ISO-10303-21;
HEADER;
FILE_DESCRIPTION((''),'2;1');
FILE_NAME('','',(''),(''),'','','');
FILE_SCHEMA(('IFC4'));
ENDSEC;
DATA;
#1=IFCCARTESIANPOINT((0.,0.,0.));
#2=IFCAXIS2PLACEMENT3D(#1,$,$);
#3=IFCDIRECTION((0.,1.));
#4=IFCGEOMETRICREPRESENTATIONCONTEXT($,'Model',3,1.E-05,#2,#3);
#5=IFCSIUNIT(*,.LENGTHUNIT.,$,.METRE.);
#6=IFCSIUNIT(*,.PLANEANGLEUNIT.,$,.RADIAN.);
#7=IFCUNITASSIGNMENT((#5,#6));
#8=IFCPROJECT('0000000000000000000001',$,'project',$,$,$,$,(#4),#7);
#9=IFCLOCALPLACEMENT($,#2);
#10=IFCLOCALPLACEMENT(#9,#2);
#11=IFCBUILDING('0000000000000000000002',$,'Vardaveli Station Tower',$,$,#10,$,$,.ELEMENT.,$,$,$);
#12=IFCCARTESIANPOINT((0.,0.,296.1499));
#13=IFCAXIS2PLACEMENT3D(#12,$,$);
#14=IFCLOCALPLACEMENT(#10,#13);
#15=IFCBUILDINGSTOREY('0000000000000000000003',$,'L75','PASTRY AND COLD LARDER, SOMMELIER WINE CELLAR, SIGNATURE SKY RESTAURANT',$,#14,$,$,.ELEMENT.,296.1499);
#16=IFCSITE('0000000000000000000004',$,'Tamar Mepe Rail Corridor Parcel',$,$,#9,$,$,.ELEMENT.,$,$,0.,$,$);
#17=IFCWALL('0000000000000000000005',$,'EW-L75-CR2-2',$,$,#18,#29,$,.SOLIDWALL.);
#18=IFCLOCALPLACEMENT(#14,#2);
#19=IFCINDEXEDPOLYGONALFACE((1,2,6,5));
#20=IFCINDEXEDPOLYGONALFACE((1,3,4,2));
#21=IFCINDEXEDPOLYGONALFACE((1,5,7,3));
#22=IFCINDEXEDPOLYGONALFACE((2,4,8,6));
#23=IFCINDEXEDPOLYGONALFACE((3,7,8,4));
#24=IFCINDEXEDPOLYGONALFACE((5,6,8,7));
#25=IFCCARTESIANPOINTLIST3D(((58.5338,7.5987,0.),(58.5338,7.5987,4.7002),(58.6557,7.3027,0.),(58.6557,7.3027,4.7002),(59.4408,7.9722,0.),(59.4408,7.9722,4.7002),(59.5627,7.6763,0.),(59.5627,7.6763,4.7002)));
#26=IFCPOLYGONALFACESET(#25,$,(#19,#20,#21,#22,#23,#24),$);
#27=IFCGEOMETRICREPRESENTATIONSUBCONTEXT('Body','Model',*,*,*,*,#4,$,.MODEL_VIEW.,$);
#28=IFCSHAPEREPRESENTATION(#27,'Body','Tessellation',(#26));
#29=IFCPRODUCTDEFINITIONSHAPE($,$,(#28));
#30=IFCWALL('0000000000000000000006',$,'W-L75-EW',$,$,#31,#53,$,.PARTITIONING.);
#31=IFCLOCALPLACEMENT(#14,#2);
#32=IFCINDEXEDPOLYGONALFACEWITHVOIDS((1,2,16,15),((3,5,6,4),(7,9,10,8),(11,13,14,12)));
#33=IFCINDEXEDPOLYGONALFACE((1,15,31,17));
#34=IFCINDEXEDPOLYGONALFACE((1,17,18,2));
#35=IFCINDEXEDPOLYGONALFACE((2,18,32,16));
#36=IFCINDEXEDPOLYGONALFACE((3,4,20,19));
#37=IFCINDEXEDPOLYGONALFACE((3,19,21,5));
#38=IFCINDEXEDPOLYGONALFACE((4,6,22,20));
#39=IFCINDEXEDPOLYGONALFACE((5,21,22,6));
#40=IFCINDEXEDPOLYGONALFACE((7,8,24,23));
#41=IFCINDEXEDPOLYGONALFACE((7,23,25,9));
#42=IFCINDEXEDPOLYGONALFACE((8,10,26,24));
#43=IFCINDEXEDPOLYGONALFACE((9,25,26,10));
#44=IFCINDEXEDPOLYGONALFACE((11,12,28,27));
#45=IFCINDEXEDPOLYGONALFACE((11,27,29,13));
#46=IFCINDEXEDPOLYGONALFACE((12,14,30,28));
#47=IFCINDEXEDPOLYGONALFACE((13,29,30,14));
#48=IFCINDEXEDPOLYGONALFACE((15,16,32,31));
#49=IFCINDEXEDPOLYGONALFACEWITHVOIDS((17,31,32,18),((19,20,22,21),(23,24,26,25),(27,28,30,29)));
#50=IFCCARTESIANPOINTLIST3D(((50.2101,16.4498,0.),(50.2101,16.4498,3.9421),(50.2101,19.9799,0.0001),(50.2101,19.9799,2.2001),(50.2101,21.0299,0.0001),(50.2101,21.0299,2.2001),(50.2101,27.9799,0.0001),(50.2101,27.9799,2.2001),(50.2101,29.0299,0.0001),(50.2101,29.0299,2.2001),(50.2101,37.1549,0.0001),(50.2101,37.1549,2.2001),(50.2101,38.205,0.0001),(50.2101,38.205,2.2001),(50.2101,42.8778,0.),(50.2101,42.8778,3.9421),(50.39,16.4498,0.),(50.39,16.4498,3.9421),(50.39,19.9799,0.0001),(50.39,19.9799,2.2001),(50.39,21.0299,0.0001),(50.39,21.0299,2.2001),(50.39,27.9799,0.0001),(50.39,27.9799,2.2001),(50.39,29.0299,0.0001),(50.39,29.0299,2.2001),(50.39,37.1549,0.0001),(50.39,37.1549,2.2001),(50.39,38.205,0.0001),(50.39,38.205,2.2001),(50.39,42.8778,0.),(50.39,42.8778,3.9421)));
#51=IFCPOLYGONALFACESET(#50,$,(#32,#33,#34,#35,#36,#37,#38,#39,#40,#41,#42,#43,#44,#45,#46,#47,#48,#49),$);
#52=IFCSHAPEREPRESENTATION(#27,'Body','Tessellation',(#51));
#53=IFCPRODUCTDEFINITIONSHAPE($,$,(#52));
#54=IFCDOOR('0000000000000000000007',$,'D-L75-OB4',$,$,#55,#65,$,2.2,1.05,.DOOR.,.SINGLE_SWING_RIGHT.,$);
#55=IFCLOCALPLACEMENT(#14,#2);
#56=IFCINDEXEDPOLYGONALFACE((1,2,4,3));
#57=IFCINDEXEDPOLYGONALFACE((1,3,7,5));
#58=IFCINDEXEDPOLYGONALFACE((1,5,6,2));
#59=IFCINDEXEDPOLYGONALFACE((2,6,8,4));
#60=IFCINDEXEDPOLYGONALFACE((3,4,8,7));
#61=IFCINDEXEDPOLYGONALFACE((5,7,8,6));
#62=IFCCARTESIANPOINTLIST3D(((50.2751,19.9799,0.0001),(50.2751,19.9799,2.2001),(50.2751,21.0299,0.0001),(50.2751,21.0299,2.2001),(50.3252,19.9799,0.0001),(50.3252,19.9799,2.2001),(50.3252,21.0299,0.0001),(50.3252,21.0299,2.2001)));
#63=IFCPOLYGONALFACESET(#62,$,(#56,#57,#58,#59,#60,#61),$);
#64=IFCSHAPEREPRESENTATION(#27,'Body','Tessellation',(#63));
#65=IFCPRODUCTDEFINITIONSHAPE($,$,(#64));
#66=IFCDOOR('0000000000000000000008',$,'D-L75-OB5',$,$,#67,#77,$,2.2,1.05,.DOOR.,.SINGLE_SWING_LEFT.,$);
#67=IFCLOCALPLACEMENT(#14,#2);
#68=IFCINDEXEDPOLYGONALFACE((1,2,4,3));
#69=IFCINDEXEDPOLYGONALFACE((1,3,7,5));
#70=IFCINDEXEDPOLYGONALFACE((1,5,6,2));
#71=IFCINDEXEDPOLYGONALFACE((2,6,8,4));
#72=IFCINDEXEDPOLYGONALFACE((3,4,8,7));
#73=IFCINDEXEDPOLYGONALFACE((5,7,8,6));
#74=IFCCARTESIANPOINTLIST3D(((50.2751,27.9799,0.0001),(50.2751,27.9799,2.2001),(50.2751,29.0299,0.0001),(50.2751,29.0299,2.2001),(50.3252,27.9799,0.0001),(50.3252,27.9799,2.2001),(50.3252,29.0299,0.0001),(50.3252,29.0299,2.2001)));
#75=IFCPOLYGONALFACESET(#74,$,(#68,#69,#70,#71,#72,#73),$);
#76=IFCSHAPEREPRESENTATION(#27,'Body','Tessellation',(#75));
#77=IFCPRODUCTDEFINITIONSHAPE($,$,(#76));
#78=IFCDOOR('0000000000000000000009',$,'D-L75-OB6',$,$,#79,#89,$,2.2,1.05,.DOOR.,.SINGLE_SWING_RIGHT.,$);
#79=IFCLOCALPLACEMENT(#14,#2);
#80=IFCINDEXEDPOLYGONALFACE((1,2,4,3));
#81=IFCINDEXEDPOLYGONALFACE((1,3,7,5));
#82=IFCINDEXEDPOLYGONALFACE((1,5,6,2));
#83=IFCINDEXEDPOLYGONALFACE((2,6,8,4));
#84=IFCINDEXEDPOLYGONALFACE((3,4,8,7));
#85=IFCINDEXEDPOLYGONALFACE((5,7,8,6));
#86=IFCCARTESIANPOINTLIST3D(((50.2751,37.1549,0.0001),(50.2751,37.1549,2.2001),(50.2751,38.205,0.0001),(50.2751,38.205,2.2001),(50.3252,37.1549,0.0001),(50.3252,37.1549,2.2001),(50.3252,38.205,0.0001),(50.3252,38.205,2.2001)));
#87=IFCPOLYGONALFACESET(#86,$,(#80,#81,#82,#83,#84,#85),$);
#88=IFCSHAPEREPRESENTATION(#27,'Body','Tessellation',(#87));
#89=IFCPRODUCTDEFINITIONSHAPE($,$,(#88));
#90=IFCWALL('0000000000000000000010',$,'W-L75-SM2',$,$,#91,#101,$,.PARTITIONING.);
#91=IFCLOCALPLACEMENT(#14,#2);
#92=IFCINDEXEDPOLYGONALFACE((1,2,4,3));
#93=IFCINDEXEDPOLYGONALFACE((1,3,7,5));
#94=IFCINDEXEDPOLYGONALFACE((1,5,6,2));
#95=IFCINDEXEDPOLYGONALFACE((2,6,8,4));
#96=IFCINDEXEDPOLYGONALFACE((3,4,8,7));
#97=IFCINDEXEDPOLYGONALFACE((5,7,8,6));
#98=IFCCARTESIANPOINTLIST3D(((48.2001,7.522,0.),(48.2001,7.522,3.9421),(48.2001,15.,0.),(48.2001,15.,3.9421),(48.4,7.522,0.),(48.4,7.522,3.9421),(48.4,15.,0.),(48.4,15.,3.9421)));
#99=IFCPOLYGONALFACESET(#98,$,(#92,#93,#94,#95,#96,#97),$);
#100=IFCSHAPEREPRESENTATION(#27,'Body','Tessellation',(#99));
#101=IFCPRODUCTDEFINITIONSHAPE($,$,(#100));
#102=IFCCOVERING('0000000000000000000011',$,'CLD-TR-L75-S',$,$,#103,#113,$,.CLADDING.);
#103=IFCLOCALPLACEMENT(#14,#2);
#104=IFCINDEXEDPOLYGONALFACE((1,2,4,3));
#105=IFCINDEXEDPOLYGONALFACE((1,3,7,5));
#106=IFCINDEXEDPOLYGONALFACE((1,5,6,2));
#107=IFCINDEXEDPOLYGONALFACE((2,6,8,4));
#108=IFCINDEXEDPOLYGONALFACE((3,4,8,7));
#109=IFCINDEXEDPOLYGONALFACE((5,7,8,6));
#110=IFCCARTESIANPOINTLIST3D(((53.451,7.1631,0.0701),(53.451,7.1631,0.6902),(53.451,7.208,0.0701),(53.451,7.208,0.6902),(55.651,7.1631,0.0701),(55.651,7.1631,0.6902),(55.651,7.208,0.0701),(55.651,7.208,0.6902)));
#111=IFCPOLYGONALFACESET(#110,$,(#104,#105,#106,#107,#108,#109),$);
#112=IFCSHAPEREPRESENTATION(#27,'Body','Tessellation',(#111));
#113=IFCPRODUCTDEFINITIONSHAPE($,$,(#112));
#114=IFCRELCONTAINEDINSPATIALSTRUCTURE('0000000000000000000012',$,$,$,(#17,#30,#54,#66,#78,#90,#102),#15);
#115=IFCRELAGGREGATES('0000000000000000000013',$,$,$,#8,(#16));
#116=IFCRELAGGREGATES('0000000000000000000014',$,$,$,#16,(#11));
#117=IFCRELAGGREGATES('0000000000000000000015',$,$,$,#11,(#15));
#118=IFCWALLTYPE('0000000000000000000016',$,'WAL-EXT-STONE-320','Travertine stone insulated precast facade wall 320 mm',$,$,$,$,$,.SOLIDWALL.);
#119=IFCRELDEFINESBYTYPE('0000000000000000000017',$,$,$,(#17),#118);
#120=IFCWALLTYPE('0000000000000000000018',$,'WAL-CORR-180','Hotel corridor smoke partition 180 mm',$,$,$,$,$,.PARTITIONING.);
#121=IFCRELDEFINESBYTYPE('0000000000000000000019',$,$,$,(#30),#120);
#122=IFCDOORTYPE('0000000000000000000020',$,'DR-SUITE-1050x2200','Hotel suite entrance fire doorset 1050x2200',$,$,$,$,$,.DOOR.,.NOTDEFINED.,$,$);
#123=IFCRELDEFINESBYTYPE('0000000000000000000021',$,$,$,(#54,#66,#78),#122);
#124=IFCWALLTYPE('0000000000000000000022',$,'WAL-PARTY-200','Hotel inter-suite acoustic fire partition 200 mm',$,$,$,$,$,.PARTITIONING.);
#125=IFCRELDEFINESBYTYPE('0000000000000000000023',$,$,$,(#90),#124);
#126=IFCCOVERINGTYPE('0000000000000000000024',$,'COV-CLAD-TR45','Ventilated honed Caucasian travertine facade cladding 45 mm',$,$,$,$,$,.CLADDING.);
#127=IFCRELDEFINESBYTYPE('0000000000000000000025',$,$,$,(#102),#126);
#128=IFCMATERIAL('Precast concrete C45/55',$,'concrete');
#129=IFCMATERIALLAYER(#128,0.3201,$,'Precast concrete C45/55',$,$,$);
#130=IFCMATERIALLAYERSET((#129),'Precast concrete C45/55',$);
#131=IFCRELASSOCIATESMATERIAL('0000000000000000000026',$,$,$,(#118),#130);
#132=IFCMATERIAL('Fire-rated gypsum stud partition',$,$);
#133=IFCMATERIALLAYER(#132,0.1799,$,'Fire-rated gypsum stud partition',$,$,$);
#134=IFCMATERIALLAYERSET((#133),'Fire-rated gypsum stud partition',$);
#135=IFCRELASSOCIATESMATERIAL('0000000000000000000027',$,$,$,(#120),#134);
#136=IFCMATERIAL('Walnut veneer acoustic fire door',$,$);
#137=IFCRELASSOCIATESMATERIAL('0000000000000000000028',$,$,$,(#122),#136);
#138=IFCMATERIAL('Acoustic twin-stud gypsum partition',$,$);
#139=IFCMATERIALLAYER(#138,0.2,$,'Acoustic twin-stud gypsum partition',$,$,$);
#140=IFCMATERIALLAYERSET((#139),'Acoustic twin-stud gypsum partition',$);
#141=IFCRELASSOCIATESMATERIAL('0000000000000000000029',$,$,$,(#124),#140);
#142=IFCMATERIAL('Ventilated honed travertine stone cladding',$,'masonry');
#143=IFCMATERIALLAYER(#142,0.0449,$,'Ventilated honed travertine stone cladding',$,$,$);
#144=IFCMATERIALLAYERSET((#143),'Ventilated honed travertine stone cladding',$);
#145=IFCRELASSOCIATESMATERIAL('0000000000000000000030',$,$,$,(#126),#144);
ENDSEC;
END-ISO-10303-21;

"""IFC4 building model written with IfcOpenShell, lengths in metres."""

from ifc_helpers import new_model, si_unit, direction, frame, frame_2d, origin, origin_2d, place, context, subcontext, project, spatial, rectangle, extrude, source, transform, mapped, material, layer, layer_set, type_object, element, fill, save


model = new_model("IFC4")

# Units and contexts
model_context = context("Model", 3, precision=1e-05, world=origin(), true_north=direction((0.0, 1.0)))
body_context = subcontext(model_context, "Body", "Model", "MODEL_VIEW")
ifc_project = project(units=[si_unit("LENGTHUNIT", "METRE"), si_unit("PLANEANGLEUNIT", "RADIAN")], contexts=[model_context])

# Site, building, storey
site_placement = place(None, origin())
site = spatial("IfcSite", under=ifc_project, at=site_placement, Name="Tamar Mepe Rail Corridor Parcel", CompositionType="ELEMENT", RefElevation=0.0)
building_placement = place(site_placement, origin())
building = spatial("IfcBuilding", under=site, at=building_placement, Name="Vardaveli Station Tower", CompositionType="ELEMENT")
storey_placement = place(building_placement, frame((0.0, 0.0, 296.1499)))
storey = spatial("IfcBuildingStorey", under=building, at=storey_placement, Name="L75", Description="PASTRY AND COLD LARDER, SOMMELIER WINE CELLAR, SIGNATURE SKY RESTAURANT", CompositionType="ELEMENT", Elevation=296.1499)

# Shared definitions
ifc_material_1 = material(Name="Precast concrete C45/55", Category="concrete")

# Shared definitions
ifc_layer_1 = layer(ifc_material_1, 0.3201, Name="Precast concrete C45/55")
ifc_layer_set_1 = layer_set([ifc_layer_1], Name="Precast concrete C45/55")
wall_type_1 = type_object("IfcWallType", Name="WAL-EXT-STONE-320", Description="Travertine stone insulated precast facade wall 320 mm", PredefinedType="SOLIDWALL", material=ifc_layer_set_1)

# Wall
shared_shape_1 = source(origin(), body_context, "Body", "SweptSolid", [
    extrude(rectangle(XDim=0.981, YDim=0.3201, at=frame_2d((0.4905, 0.0))), origin(), (0.0, 0.0, 1.0), 4.7002),
])
wall_1_placement = place(storey_placement, frame((58.5947, 7.4507, 0.0), z_axis=(0.0, 0.0, 1.0), x_axis=(0.924652, 0.380812, 0.0)))
element("IfcWall", 1, at=wall_1_placement, inside=storey, type_object=wall_type_1, Name="EW-L75-CR2-2", PredefinedType="SOLIDWALL", context=body_context, shape_type="MappedRepresentation", body=[
    mapped(shared_shape_1, transform((0.0, 0.0, 0.0), scale=1.0)),
])

# Wall, openings, doors
ifc_material_2 = material(Name="Fire-rated gypsum stud partition")
ifc_layer_2 = layer(ifc_material_2, 0.1799, Name="Fire-rated gypsum stud partition")
ifc_layer_set_2 = layer_set([ifc_layer_2], Name="Fire-rated gypsum stud partition")
wall_type_2 = type_object("IfcWallType", Name="WAL-CORR-180", Description="Hotel corridor smoke partition 180 mm", PredefinedType="PARTITIONING", material=ifc_layer_set_2)
shared_shape_2 = source(origin(), body_context, "Body", "SweptSolid", [
    extrude(rectangle(XDim=26.428, YDim=0.1799, at=frame_2d((13.2139, 0.0))), origin(), (0.0, 0.0, 1.0), 3.9421),
])
wall_2_placement = place(storey_placement, frame((50.3, 16.45, 0.0), z_axis=(0.0, 0.0, 1.0), x_axis=(0.0, 1.0, 0.0)))
wall_2 = element("IfcWall", 2, at=wall_2_placement, inside=storey, type_object=wall_type_2, Name="W-L75-EW", PredefinedType="PARTITIONING", context=body_context, shape_type="MappedRepresentation", body=[
    mapped(shared_shape_2, transform((0.0, 0.0, 0.0), scale=1.0)),
])
shared_shape_3 = source(origin(), body_context, "Body", "SweptSolid", [
    extrude(rectangle(XDim=1.05, YDim=2.2, at=frame_2d((0.5249, 1.1001))), frame((0.0, 0.1001, 0.0), z_axis=(0.0, -1.0, 0.0), x_axis=(1.0, 0.0, 0.0)), (0.0, 0.0, 1.0), 0.2),
])
opening_1_placement = place(wall_2_placement, frame((3.53, 0.0, 0.0)))
opening_1 = element("IfcOpeningElement", 3, at=opening_1_placement, cuts=wall_2, PredefinedType="OPENING", context=body_context, shape_type="MappedRepresentation", body=[
    mapped(shared_shape_3, transform((0.0, 0.0, 0.0), scale=1.0)),
])
opening_2_placement = place(wall_2_placement, frame((11.53, 0.0, 0.0)))
opening_2 = element("IfcOpeningElement", 4, at=opening_2_placement, cuts=wall_2, PredefinedType="OPENING", context=body_context, shape_type="MappedRepresentation", body=[
    mapped(shared_shape_3, transform((0.0, 0.0, 0.0), scale=1.0)),
])
opening_3_placement = place(wall_2_placement, frame((20.7051, 0.0, 0.0)))
opening_3 = element("IfcOpeningElement", 5, at=opening_3_placement, cuts=wall_2, PredefinedType="OPENING", context=body_context, shape_type="MappedRepresentation", body=[
    mapped(shared_shape_3, transform((0.0, 0.0, 0.0), scale=1.0)),
])
ifc_material_3 = material(Name="Walnut veneer acoustic fire door")
door_type_1 = type_object("IfcDoorType", Name="DR-SUITE-1050x2200", Description="Hotel suite entrance fire doorset 1050x2200", OperationType="NOTDEFINED", PredefinedType="DOOR", material=ifc_material_3)
shared_shape_4 = source(origin(), body_context, "Body", "SweptSolid", [
    extrude(rectangle(XDim=1.05, YDim=2.2, at=frame_2d((0.5249, 1.1001))), frame((0.0, 0.0249, 0.0), z_axis=(0.0, -1.0, 0.0), x_axis=(1.0, 0.0, 0.0)), (0.0, 0.0, 1.0), 0.05),
])
door_1_placement = place(opening_1_placement, origin())
door_1 = element("IfcDoor", 6, at=door_1_placement, inside=storey, type_object=door_type_1, Name="D-L75-OB4", OperationType="SINGLE_SWING_RIGHT", OverallHeight=2.2, OverallWidth=1.05, PredefinedType="DOOR", context=body_context, shape_type="MappedRepresentation", body=[
    mapped(shared_shape_4, transform((0.0, 0.0, 0.0), scale=1.0)),
])
fill(opening_1, door_1)
door_2_placement = place(opening_2_placement, origin())
door_2 = element("IfcDoor", 7, at=door_2_placement, inside=storey, type_object=door_type_1, Name="D-L75-OB5", OperationType="SINGLE_SWING_LEFT", OverallHeight=2.2, OverallWidth=1.05, PredefinedType="DOOR", context=body_context, shape_type="MappedRepresentation", body=[
    mapped(shared_shape_4, transform((0.0, 0.0, 0.0), scale=1.0)),
])
fill(opening_2, door_2)
door_3_placement = place(opening_3_placement, origin())
door_3 = element("IfcDoor", 8, at=door_3_placement, inside=storey, type_object=door_type_1, Name="D-L75-OB6", OperationType="SINGLE_SWING_RIGHT", OverallHeight=2.2, OverallWidth=1.05, PredefinedType="DOOR", context=body_context, shape_type="MappedRepresentation", body=[
    mapped(shared_shape_4, transform((0.0, 0.0, 0.0), scale=1.0)),
])
fill(opening_3, door_3)

# Wall
ifc_material_4 = material(Name="Acoustic twin-stud gypsum partition")
ifc_layer_3 = layer(ifc_material_4, 0.2, Name="Acoustic twin-stud gypsum partition")
ifc_layer_set_3 = layer_set([ifc_layer_3], Name="Acoustic twin-stud gypsum partition")
wall_type_3 = type_object("IfcWallType", Name="WAL-PARTY-200", Description="Hotel inter-suite acoustic fire partition 200 mm", PredefinedType="PARTITIONING", material=ifc_layer_set_3)
shared_shape_5 = source(origin(), body_context, "Body", "SweptSolid", [
    extrude(rectangle(XDim=7.478, YDim=0.2, at=frame_2d((3.739, 0.0))), origin(), (0.0, 0.0, 1.0), 3.9421),
])
wall_3_placement = place(storey_placement, frame((48.3, 7.522, 0.0), z_axis=(0.0, 0.0, 1.0), x_axis=(0.0, 1.0, 0.0)))
element("IfcWall", 9, at=wall_3_placement, inside=storey, type_object=wall_type_3, Name="W-L75-SM2", PredefinedType="PARTITIONING", context=body_context, shape_type="MappedRepresentation", body=[
    mapped(shared_shape_5, transform((0.0, 0.0, 0.0), scale=1.0)),
])

# Covering
ifc_material_5 = material(Name="Ventilated honed travertine stone cladding", Category="masonry")
ifc_layer_4 = layer(ifc_material_5, 0.0449, Name="Ventilated honed travertine stone cladding")
ifc_layer_set_4 = layer_set([ifc_layer_4], Name="Ventilated honed travertine stone cladding")
covering_type = type_object("IfcCoveringType", Name="COV-CLAD-TR45", Description="Ventilated honed Caucasian travertine facade cladding 45 mm", PredefinedType="CLADDING", material=ifc_layer_set_4)
shared_shape_6 = source(origin(), body_context, "Body", "SweptSolid", [
    extrude(rectangle(XDim=2.2, YDim=0.0449, at=origin_2d()), origin(), (0.0, 0.0, 1.0), 0.6201),
])
covering_placement = place(storey_placement, frame((54.551, 7.1855, 0.0701), z_axis=(0.0, 0.0, 1.0), x_axis=(1.0, 0.0, 0.0)))
element("IfcCovering", 10, at=covering_placement, inside=storey, type_object=covering_type, Name="CLD-TR-L75-S", PredefinedType="CLADDING", context=body_context, shape_type="MappedRepresentation", body=[
    mapped(shared_shape_6, transform((0.0, 0.0, 0.0), scale=1.0)),
])

save(model, "model.ifc")
